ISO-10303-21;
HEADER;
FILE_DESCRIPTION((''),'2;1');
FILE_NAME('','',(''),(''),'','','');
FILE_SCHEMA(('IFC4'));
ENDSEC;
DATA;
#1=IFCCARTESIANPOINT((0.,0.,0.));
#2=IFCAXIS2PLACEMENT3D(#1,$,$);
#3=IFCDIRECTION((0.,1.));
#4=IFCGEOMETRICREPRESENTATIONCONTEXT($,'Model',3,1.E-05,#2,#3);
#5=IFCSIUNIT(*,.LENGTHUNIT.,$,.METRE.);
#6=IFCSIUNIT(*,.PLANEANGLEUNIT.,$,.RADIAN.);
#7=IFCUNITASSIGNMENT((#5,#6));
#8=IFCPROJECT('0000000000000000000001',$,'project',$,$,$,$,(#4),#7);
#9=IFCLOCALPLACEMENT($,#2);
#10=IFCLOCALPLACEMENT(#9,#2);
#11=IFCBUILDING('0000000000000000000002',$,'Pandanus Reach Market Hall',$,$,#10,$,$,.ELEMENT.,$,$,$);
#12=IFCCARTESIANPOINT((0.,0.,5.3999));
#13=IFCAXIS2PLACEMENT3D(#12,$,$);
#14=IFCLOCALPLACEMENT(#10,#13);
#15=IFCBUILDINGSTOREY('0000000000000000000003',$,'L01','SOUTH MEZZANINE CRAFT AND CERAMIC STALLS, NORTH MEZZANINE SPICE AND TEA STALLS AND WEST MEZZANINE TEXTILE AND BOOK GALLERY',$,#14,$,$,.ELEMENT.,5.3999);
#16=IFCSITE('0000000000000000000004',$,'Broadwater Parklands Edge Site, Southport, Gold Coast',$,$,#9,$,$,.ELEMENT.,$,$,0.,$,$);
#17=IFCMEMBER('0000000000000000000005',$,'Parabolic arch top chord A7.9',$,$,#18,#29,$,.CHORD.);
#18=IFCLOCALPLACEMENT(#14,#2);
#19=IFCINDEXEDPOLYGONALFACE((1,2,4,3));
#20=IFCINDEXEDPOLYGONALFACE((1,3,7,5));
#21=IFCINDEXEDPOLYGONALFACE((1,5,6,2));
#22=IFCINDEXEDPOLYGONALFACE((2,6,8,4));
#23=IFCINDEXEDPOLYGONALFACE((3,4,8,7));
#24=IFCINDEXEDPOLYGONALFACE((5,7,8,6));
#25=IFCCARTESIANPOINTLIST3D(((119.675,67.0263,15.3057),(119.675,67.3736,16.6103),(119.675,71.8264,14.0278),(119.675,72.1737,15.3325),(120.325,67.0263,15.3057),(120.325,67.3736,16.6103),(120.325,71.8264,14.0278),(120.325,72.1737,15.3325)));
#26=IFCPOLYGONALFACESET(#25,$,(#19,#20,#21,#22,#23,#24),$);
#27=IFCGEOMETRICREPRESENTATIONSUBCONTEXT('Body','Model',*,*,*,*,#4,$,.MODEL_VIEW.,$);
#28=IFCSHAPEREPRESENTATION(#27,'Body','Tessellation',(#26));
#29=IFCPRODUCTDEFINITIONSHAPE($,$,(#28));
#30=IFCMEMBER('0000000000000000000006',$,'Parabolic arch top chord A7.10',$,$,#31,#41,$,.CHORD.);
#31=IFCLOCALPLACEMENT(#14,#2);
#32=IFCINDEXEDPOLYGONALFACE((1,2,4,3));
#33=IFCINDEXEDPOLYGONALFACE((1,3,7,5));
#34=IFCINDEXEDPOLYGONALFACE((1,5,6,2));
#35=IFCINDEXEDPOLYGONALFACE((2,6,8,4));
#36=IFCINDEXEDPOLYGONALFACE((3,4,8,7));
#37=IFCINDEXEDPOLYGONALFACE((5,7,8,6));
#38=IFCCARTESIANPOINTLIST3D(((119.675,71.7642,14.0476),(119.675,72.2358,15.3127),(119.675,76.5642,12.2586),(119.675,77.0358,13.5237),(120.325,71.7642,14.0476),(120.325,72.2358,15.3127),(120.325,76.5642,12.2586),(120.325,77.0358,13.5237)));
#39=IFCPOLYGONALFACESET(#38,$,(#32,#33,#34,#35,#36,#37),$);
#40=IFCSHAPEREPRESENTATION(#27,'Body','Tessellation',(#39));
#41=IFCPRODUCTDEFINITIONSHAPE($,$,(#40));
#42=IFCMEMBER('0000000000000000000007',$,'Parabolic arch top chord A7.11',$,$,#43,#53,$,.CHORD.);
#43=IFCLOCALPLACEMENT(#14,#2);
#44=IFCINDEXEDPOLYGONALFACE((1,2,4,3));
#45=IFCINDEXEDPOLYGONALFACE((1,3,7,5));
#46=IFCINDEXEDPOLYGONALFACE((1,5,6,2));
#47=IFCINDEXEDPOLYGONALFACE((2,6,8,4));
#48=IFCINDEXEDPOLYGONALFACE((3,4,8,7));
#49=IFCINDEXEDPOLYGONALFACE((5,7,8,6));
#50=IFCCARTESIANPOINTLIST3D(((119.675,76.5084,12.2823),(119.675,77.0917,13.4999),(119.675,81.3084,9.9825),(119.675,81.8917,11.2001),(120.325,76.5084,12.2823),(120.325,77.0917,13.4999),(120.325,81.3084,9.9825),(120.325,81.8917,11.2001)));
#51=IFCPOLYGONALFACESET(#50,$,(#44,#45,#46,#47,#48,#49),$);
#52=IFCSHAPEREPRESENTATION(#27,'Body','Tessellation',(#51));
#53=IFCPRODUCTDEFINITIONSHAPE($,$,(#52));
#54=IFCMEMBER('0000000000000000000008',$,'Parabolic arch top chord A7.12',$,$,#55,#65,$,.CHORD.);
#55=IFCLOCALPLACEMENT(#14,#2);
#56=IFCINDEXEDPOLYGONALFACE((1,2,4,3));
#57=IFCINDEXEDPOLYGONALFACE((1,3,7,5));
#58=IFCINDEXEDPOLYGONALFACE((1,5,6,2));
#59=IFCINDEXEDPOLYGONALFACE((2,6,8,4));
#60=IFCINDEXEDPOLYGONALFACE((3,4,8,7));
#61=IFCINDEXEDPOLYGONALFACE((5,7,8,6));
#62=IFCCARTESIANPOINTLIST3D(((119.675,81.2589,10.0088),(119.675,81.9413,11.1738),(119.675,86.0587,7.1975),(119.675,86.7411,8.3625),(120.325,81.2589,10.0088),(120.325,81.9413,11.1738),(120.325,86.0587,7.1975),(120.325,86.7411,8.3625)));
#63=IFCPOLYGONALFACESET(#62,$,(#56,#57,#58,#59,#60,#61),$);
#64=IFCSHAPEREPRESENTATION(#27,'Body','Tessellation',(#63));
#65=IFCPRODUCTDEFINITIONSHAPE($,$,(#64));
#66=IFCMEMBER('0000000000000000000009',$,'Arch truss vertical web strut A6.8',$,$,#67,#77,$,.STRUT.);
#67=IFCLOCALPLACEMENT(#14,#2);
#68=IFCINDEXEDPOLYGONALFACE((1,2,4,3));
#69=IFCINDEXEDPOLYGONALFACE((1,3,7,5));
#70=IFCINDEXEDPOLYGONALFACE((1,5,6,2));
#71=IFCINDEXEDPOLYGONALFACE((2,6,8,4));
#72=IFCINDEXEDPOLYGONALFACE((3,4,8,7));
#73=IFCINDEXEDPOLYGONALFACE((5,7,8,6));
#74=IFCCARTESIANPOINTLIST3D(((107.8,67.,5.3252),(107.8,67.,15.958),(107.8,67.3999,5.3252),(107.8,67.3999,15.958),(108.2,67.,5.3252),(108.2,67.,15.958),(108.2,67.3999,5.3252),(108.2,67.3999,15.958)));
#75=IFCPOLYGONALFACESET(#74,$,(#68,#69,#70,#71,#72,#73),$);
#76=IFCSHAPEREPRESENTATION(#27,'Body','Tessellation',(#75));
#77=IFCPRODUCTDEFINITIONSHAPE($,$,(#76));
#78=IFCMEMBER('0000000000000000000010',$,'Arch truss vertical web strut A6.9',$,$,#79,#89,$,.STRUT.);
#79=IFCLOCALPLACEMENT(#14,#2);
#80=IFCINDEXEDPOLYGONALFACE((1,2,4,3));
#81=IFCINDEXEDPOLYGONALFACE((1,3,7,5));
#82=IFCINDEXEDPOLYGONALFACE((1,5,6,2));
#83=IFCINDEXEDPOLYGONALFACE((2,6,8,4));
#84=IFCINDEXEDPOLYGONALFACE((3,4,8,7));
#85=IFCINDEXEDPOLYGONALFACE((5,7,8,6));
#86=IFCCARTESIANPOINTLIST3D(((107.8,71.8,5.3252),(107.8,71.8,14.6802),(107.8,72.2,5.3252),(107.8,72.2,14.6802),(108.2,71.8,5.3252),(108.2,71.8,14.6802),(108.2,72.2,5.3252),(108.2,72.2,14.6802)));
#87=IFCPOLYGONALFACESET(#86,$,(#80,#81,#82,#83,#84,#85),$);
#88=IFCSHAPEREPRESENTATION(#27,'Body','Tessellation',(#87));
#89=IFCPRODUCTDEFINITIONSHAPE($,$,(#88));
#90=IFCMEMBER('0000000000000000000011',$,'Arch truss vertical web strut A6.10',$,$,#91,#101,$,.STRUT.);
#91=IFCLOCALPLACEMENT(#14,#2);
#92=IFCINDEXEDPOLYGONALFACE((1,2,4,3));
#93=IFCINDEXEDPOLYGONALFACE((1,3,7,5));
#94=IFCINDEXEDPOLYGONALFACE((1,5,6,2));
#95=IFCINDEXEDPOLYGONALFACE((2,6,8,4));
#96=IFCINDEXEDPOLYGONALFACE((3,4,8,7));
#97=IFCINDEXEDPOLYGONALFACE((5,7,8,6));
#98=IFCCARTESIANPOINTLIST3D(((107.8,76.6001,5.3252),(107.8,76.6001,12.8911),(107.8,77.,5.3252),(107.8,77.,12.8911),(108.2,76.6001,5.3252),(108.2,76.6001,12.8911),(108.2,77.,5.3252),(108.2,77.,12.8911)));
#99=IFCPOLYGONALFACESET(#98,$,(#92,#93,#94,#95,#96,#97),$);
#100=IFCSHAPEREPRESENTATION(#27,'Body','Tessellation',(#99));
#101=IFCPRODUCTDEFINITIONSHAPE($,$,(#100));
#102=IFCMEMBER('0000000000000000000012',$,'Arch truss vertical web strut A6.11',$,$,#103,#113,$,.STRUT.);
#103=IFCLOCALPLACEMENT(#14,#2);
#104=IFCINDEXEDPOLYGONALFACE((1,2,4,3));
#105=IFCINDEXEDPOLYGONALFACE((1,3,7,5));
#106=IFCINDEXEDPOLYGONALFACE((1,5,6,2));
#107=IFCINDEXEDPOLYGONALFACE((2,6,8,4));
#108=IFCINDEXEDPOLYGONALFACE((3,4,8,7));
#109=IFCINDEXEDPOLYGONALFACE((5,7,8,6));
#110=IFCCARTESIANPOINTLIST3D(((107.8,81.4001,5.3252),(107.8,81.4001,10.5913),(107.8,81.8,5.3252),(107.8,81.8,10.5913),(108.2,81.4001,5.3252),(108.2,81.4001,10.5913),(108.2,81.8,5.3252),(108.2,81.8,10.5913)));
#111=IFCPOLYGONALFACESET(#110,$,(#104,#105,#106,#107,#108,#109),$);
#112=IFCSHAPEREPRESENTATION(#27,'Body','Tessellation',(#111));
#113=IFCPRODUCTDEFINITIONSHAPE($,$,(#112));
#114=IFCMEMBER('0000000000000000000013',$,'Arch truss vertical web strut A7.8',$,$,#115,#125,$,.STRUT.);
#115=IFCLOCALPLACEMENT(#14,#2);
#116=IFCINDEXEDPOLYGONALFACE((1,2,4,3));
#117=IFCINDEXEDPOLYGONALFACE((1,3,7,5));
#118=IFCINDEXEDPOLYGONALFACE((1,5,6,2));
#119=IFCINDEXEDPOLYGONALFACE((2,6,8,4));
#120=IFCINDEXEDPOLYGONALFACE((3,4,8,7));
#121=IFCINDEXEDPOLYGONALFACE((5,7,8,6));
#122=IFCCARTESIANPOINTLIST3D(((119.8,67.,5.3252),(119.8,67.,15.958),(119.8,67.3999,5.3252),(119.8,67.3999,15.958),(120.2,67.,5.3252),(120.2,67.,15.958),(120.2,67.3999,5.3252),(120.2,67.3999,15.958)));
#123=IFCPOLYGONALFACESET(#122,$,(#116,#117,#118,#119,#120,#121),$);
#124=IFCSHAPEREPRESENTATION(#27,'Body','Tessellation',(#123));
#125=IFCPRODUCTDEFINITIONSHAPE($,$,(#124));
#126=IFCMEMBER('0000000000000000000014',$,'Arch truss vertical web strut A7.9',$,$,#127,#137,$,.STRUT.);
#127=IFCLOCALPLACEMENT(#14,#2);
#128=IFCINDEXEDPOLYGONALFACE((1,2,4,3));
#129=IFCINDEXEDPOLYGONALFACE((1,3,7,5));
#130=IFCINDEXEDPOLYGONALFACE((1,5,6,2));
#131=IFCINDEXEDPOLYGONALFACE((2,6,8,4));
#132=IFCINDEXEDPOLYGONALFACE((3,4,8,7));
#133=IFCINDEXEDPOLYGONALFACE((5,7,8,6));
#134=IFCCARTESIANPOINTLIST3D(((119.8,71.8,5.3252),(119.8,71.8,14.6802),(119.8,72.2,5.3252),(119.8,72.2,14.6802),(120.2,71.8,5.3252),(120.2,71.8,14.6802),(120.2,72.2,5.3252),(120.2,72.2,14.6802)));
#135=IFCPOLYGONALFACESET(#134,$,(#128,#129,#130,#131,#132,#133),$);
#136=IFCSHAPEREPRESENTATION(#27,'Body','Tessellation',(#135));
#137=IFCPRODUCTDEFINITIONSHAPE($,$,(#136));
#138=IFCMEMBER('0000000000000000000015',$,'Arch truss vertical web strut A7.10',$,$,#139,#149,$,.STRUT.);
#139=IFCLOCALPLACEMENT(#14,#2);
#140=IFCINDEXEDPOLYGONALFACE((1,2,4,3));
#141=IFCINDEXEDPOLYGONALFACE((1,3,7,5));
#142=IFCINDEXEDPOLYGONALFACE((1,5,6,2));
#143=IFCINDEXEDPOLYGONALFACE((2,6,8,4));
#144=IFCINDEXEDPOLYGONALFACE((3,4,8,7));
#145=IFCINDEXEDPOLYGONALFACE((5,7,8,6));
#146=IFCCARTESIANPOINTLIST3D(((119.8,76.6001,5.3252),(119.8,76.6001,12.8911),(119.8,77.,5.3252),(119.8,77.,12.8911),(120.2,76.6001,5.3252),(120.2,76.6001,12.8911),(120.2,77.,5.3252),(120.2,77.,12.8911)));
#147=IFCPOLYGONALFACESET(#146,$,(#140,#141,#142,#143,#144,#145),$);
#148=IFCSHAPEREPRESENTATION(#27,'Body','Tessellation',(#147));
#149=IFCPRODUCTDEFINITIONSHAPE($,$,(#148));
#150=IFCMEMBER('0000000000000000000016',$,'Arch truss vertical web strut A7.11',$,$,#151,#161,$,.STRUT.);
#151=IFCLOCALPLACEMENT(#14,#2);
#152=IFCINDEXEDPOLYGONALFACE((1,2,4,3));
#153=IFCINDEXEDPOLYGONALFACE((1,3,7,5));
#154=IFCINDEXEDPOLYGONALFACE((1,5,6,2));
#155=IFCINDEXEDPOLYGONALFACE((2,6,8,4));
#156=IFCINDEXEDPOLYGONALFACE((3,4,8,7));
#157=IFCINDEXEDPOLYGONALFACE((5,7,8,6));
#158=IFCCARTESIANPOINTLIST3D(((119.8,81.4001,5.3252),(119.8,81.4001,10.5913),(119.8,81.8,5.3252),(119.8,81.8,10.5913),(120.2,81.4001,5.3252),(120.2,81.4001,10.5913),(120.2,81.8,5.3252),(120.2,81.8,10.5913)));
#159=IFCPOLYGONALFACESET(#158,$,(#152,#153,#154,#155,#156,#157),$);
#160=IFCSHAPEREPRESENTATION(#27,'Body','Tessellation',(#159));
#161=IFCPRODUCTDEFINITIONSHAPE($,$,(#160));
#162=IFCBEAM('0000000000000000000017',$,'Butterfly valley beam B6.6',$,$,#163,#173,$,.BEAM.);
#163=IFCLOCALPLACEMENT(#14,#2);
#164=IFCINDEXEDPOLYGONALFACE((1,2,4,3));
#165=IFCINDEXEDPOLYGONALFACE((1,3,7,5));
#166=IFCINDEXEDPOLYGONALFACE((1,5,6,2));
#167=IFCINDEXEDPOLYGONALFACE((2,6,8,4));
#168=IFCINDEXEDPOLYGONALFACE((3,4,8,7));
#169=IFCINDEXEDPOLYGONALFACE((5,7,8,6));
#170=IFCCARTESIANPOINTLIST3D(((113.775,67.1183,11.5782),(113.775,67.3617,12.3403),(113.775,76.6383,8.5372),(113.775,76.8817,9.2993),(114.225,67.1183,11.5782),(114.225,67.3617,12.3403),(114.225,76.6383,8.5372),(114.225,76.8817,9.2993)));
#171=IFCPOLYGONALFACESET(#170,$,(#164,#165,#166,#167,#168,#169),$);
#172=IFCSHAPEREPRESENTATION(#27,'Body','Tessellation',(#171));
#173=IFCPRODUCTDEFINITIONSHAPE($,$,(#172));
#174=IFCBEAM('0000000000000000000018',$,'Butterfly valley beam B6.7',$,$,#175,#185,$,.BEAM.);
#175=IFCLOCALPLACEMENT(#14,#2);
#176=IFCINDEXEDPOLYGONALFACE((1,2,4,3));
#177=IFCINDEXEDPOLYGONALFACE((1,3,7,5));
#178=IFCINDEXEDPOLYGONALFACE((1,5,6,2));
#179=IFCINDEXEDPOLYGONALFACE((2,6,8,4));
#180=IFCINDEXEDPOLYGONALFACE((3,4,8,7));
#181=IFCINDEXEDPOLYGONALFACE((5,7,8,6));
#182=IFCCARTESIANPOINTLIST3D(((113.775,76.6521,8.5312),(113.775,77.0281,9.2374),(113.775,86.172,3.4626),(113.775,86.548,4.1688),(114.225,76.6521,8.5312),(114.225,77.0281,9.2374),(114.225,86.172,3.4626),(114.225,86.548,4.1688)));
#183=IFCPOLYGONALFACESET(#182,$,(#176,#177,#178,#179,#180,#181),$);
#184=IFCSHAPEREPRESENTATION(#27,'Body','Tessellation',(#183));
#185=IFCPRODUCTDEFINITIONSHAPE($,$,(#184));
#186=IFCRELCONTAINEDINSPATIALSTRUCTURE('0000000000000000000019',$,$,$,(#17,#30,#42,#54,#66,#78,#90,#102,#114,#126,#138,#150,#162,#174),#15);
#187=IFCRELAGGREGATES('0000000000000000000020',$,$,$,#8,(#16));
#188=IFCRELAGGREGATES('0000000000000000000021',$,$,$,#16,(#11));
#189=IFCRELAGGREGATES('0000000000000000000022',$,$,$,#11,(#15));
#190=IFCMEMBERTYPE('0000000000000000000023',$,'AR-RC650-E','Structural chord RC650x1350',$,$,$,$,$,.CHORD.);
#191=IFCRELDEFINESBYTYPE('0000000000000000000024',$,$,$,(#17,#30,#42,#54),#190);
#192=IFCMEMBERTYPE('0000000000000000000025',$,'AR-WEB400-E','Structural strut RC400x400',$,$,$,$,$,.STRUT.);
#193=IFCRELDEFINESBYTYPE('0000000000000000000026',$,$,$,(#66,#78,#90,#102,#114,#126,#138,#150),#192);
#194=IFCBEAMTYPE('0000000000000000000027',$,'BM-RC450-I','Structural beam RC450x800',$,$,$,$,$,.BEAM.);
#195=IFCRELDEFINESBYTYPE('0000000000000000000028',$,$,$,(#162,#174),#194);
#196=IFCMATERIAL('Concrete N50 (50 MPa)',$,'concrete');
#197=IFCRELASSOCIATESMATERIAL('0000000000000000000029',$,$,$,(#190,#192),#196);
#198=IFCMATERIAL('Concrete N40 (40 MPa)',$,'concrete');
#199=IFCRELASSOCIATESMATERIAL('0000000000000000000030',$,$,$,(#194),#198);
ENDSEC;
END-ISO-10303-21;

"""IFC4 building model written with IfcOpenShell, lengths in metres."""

from ifc_helpers import new_model, si_unit, direction, frame, origin, origin_2d, place, context, subcontext, project, spatial, rectangle, extrude, material, material_profile, profile_set, type_object, element, save


model = new_model("IFC4")

# Units and contexts
model_context = context("Model", 3, precision=1e-05, world=origin(), true_north=direction((0.0, 1.0)))
body_context = subcontext(model_context, "Body", "Model", "MODEL_VIEW")
ifc_project = project(units=[si_unit("LENGTHUNIT", "METRE"), si_unit("PLANEANGLEUNIT", "RADIAN")], contexts=[model_context])

# Site, building, storey
site_placement = place(None, origin())
site = spatial("IfcSite", under=ifc_project, at=site_placement, Name="Broadwater Parklands Edge Site, Southport, Gold Coast", CompositionType="ELEMENT", RefElevation=0.0)
building_placement = place(site_placement, origin())
building = spatial("IfcBuilding", under=site, at=building_placement, Name="Pandanus Reach Market Hall", CompositionType="ELEMENT")
storey_placement = place(building_placement, frame((0.0, 0.0, 5.3999)))
storey = spatial("IfcBuildingStorey", under=building, at=storey_placement, Name="L01", Description="SOUTH MEZZANINE CRAFT AND CERAMIC STALLS, NORTH MEZZANINE SPICE AND TEA STALLS AND WEST MEZZANINE TEXTILE AND BOOK GALLERY", CompositionType="ELEMENT", Elevation=5.3999)

# Members
ifc_material_1 = material(Name="Concrete N50 (50 MPa)", Category="concrete")
ifc_material_profile_1 = material_profile(ifc_material_1, rectangle(XDim=0.6499, YDim=1.3501, at=origin_2d()), Name="RC650x1350", Category="LoadBearing")
ifc_profile_set_1 = profile_set([ifc_material_profile_1], Name="Concrete N50 (50 MPa)")
member_type_1 = type_object("IfcMemberType", Name="AR-RC650-E", Description="Structural chord RC650x1350", PredefinedType="CHORD", material=ifc_profile_set_1)
member_1_placement = place(storey_placement, frame((120.0, 67.2, 15.958), z_axis=(0.0, 0.966344, -0.257253), x_axis=(-1.0, 0.0, 0.0)))
element("IfcMember", 1, at=member_1_placement, inside=storey, type_object=member_type_1, Name="Parabolic arch top chord A7.9", PredefinedType="CHORD", context=body_context, shape_type="SweptSolid", body=[
    extrude(rectangle(XDim=0.6499, YDim=1.3501, at=origin_2d()), origin(), (0.0, 0.0, 1.0), 4.9673),
])
member_2_placement = place(storey_placement, frame((120.0, 72.0, 14.6802), z_axis=(0.0, 0.93703, -0.349248), x_axis=(-1.0, 0.0, 0.0)))
element("IfcMember", 2, at=member_2_placement, inside=storey, type_object=member_type_1, Name="Parabolic arch top chord A7.10", PredefinedType="CHORD", context=body_context, shape_type="SweptSolid", body=[
    extrude(rectangle(XDim=0.6499, YDim=1.3501, at=origin_2d()), origin(), (0.0, 0.0, 1.0), 5.1226),
])
member_3_placement = place(storey_placement, frame((120.0, 76.8, 12.8911), z_axis=(0.0, 0.901832, -0.432087), x_axis=(-1.0, 0.0, 0.0)))
element("IfcMember", 3, at=member_3_placement, inside=storey, type_object=member_type_1, Name="Parabolic arch top chord A7.11", PredefinedType="CHORD", context=body_context, shape_type="SweptSolid", body=[
    extrude(rectangle(XDim=0.6499, YDim=1.3501, at=origin_2d()), origin(), (0.0, 0.0, 1.0), 5.3225),
])
member_4_placement = place(storey_placement, frame((120.0, 81.6001, 10.5913), z_axis=(0.0, 0.862886, -0.505398), x_axis=(-1.0, 0.0, 0.0)))
element("IfcMember", 4, at=member_4_placement, inside=storey, type_object=member_type_1, Name="Parabolic arch top chord A7.12", PredefinedType="CHORD", context=body_context, shape_type="SweptSolid", body=[
    extrude(rectangle(XDim=0.6499, YDim=1.3501, at=origin_2d()), origin(), (0.0, 0.0, 1.0), 5.5625),
])
ifc_material_profile_2 = material_profile(ifc_material_1, rectangle(XDim=0.3999, YDim=0.3999, at=origin_2d()), Name="RC400x400", Category="LoadBearing")
ifc_profile_set_2 = profile_set([ifc_material_profile_2], Name="Concrete N50 (50 MPa)")
member_type_2 = type_object("IfcMemberType", Name="AR-WEB400-E", Description="Structural strut RC400x400", PredefinedType="STRUT", material=ifc_profile_set_2)
member_5_placement = place(storey_placement, frame((108.0, 67.2, 5.3252), z_axis=(0.0, 0.0, 1.0), x_axis=(1.0, 0.0, 0.0)))
element("IfcMember", 5, at=member_5_placement, inside=storey, type_object=member_type_2, Name="Arch truss vertical web strut A6.8", PredefinedType="STRUT", context=body_context, shape_type="SweptSolid", body=[
    extrude(rectangle(XDim=0.3999, YDim=0.3999, at=origin_2d()), origin(), (0.0, 0.0, 1.0), 10.6328),
])
member_6_placement = place(storey_placement, frame((108.0, 72.0, 5.3252), z_axis=(0.0, 0.0, 1.0), x_axis=(1.0, 0.0, 0.0)))
element("IfcMember", 6, at=member_6_placement, inside=storey, type_object=member_type_2, Name="Arch truss vertical web strut A6.9", PredefinedType="STRUT", context=body_context, shape_type="SweptSolid", body=[
    extrude(rectangle(XDim=0.3999, YDim=0.3999, at=origin_2d()), origin(), (0.0, 0.0, 1.0), 9.355),
])
member_7_placement = place(storey_placement, frame((108.0, 76.8, 5.3252), z_axis=(0.0, 0.0, 1.0), x_axis=(1.0, 0.0, 0.0)))
element("IfcMember", 7, at=member_7_placement, inside=storey, type_object=member_type_2, Name="Arch truss vertical web strut A6.10", PredefinedType="STRUT", context=body_context, shape_type="SweptSolid", body=[
    extrude(rectangle(XDim=0.3999, YDim=0.3999, at=origin_2d()), origin(), (0.0, 0.0, 1.0), 7.5659),
])
member_8_placement = place(storey_placement, frame((108.0, 81.6001, 5.3252), z_axis=(0.0, 0.0, 1.0), x_axis=(1.0, 0.0, 0.0)))
element("IfcMember", 8, at=member_8_placement, inside=storey, type_object=member_type_2, Name="Arch truss vertical web strut A6.11", PredefinedType="STRUT", context=body_context, shape_type="SweptSolid", body=[
    extrude(rectangle(XDim=0.3999, YDim=0.3999, at=origin_2d()), origin(), (0.0, 0.0, 1.0), 5.2661),
])
member_9_placement = place(storey_placement, frame((120.0, 67.2, 5.3252), z_axis=(0.0, 0.0, 1.0), x_axis=(1.0, 0.0, 0.0)))
element("IfcMember", 9, at=member_9_placement, inside=storey, type_object=member_type_2, Name="Arch truss vertical web strut A7.8", PredefinedType="STRUT", context=body_context, shape_type="SweptSolid", body=[
    extrude(rectangle(XDim=0.3999, YDim=0.3999, at=origin_2d()), origin(), (0.0, 0.0, 1.0), 10.6328),
])
member_10_placement = place(storey_placement, frame((120.0, 72.0, 5.3252), z_axis=(0.0, 0.0, 1.0), x_axis=(1.0, 0.0, 0.0)))
element("IfcMember", 10, at=member_10_placement, inside=storey, type_object=member_type_2, Name="Arch truss vertical web strut A7.9", PredefinedType="STRUT", context=body_context, shape_type="SweptSolid", body=[
    extrude(rectangle(XDim=0.3999, YDim=0.3999, at=origin_2d()), origin(), (0.0, 0.0, 1.0), 9.355),
])
member_11_placement = place(storey_placement, frame((120.0, 76.8, 5.3252), z_axis=(0.0, 0.0, 1.0), x_axis=(1.0, 0.0, 0.0)))
element("IfcMember", 11, at=member_11_placement, inside=storey, type_object=member_type_2, Name="Arch truss vertical web strut A7.10", PredefinedType="STRUT", context=body_context, shape_type="SweptSolid", body=[
    extrude(rectangle(XDim=0.3999, YDim=0.3999, at=origin_2d()), origin(), (0.0, 0.0, 1.0), 7.5659),
])
member_12_placement = place(storey_placement, frame((120.0, 81.6001, 5.3252), z_axis=(0.0, 0.0, 1.0), x_axis=(1.0, 0.0, 0.0)))
element("IfcMember", 12, at=member_12_placement, inside=storey, type_object=member_type_2, Name="Arch truss vertical web strut A7.11", PredefinedType="STRUT", context=body_context, shape_type="SweptSolid", body=[
    extrude(rectangle(XDim=0.3999, YDim=0.3999, at=origin_2d()), origin(), (0.0, 0.0, 1.0), 5.2661),
])

# Beams
ifc_material_2 = material(Name="Concrete N40 (40 MPa)", Category="concrete")
ifc_material_profile_3 = material_profile(ifc_material_2, rectangle(XDim=0.45, YDim=0.8, at=origin_2d()), Name="RC450x800", Category="LoadBearing")
ifc_profile_set_3 = profile_set([ifc_material_profile_3], Name="Concrete N40 (40 MPa)")
beam_type_1 = type_object("IfcBeamType", Name="BM-RC450-I", Description="Structural beam RC450x800", PredefinedType="BEAM", material=ifc_profile_set_3)
beam_1_placement = place(storey_placement, frame((114.0, 67.24, 11.9592), z_axis=(0.0, 0.952581, -0.304286), x_axis=(-1.0, 0.0, 0.0)))
element("IfcBeam", 13, at=beam_1_placement, inside=storey, type_object=beam_type_1, Name="Butterfly valley beam B6.6", PredefinedType="BEAM", context=body_context, shape_type="SweptSolid", body=[
    extrude(rectangle(XDim=0.45, YDim=0.8, at=origin_2d()), origin(), (0.0, 0.0, 1.0), 9.9939),
])
beam_2_placement = place(storey_placement, frame((114.0, 76.8401, 8.8843), z_axis=(0.0, 0.882689, -0.469957), x_axis=(-1.0, 0.0, 0.0)))
element("IfcBeam", 14, at=beam_2_placement, inside=storey, type_object=beam_type_1, Name="Butterfly valley beam B6.7", PredefinedType="BEAM", context=body_context, shape_type="SweptSolid", body=[
    extrude(rectangle(XDim=0.45, YDim=0.8, at=origin_2d()), origin(), (0.0, 0.0, 1.0), 10.7852),
])

save(model, "model.ifc")
